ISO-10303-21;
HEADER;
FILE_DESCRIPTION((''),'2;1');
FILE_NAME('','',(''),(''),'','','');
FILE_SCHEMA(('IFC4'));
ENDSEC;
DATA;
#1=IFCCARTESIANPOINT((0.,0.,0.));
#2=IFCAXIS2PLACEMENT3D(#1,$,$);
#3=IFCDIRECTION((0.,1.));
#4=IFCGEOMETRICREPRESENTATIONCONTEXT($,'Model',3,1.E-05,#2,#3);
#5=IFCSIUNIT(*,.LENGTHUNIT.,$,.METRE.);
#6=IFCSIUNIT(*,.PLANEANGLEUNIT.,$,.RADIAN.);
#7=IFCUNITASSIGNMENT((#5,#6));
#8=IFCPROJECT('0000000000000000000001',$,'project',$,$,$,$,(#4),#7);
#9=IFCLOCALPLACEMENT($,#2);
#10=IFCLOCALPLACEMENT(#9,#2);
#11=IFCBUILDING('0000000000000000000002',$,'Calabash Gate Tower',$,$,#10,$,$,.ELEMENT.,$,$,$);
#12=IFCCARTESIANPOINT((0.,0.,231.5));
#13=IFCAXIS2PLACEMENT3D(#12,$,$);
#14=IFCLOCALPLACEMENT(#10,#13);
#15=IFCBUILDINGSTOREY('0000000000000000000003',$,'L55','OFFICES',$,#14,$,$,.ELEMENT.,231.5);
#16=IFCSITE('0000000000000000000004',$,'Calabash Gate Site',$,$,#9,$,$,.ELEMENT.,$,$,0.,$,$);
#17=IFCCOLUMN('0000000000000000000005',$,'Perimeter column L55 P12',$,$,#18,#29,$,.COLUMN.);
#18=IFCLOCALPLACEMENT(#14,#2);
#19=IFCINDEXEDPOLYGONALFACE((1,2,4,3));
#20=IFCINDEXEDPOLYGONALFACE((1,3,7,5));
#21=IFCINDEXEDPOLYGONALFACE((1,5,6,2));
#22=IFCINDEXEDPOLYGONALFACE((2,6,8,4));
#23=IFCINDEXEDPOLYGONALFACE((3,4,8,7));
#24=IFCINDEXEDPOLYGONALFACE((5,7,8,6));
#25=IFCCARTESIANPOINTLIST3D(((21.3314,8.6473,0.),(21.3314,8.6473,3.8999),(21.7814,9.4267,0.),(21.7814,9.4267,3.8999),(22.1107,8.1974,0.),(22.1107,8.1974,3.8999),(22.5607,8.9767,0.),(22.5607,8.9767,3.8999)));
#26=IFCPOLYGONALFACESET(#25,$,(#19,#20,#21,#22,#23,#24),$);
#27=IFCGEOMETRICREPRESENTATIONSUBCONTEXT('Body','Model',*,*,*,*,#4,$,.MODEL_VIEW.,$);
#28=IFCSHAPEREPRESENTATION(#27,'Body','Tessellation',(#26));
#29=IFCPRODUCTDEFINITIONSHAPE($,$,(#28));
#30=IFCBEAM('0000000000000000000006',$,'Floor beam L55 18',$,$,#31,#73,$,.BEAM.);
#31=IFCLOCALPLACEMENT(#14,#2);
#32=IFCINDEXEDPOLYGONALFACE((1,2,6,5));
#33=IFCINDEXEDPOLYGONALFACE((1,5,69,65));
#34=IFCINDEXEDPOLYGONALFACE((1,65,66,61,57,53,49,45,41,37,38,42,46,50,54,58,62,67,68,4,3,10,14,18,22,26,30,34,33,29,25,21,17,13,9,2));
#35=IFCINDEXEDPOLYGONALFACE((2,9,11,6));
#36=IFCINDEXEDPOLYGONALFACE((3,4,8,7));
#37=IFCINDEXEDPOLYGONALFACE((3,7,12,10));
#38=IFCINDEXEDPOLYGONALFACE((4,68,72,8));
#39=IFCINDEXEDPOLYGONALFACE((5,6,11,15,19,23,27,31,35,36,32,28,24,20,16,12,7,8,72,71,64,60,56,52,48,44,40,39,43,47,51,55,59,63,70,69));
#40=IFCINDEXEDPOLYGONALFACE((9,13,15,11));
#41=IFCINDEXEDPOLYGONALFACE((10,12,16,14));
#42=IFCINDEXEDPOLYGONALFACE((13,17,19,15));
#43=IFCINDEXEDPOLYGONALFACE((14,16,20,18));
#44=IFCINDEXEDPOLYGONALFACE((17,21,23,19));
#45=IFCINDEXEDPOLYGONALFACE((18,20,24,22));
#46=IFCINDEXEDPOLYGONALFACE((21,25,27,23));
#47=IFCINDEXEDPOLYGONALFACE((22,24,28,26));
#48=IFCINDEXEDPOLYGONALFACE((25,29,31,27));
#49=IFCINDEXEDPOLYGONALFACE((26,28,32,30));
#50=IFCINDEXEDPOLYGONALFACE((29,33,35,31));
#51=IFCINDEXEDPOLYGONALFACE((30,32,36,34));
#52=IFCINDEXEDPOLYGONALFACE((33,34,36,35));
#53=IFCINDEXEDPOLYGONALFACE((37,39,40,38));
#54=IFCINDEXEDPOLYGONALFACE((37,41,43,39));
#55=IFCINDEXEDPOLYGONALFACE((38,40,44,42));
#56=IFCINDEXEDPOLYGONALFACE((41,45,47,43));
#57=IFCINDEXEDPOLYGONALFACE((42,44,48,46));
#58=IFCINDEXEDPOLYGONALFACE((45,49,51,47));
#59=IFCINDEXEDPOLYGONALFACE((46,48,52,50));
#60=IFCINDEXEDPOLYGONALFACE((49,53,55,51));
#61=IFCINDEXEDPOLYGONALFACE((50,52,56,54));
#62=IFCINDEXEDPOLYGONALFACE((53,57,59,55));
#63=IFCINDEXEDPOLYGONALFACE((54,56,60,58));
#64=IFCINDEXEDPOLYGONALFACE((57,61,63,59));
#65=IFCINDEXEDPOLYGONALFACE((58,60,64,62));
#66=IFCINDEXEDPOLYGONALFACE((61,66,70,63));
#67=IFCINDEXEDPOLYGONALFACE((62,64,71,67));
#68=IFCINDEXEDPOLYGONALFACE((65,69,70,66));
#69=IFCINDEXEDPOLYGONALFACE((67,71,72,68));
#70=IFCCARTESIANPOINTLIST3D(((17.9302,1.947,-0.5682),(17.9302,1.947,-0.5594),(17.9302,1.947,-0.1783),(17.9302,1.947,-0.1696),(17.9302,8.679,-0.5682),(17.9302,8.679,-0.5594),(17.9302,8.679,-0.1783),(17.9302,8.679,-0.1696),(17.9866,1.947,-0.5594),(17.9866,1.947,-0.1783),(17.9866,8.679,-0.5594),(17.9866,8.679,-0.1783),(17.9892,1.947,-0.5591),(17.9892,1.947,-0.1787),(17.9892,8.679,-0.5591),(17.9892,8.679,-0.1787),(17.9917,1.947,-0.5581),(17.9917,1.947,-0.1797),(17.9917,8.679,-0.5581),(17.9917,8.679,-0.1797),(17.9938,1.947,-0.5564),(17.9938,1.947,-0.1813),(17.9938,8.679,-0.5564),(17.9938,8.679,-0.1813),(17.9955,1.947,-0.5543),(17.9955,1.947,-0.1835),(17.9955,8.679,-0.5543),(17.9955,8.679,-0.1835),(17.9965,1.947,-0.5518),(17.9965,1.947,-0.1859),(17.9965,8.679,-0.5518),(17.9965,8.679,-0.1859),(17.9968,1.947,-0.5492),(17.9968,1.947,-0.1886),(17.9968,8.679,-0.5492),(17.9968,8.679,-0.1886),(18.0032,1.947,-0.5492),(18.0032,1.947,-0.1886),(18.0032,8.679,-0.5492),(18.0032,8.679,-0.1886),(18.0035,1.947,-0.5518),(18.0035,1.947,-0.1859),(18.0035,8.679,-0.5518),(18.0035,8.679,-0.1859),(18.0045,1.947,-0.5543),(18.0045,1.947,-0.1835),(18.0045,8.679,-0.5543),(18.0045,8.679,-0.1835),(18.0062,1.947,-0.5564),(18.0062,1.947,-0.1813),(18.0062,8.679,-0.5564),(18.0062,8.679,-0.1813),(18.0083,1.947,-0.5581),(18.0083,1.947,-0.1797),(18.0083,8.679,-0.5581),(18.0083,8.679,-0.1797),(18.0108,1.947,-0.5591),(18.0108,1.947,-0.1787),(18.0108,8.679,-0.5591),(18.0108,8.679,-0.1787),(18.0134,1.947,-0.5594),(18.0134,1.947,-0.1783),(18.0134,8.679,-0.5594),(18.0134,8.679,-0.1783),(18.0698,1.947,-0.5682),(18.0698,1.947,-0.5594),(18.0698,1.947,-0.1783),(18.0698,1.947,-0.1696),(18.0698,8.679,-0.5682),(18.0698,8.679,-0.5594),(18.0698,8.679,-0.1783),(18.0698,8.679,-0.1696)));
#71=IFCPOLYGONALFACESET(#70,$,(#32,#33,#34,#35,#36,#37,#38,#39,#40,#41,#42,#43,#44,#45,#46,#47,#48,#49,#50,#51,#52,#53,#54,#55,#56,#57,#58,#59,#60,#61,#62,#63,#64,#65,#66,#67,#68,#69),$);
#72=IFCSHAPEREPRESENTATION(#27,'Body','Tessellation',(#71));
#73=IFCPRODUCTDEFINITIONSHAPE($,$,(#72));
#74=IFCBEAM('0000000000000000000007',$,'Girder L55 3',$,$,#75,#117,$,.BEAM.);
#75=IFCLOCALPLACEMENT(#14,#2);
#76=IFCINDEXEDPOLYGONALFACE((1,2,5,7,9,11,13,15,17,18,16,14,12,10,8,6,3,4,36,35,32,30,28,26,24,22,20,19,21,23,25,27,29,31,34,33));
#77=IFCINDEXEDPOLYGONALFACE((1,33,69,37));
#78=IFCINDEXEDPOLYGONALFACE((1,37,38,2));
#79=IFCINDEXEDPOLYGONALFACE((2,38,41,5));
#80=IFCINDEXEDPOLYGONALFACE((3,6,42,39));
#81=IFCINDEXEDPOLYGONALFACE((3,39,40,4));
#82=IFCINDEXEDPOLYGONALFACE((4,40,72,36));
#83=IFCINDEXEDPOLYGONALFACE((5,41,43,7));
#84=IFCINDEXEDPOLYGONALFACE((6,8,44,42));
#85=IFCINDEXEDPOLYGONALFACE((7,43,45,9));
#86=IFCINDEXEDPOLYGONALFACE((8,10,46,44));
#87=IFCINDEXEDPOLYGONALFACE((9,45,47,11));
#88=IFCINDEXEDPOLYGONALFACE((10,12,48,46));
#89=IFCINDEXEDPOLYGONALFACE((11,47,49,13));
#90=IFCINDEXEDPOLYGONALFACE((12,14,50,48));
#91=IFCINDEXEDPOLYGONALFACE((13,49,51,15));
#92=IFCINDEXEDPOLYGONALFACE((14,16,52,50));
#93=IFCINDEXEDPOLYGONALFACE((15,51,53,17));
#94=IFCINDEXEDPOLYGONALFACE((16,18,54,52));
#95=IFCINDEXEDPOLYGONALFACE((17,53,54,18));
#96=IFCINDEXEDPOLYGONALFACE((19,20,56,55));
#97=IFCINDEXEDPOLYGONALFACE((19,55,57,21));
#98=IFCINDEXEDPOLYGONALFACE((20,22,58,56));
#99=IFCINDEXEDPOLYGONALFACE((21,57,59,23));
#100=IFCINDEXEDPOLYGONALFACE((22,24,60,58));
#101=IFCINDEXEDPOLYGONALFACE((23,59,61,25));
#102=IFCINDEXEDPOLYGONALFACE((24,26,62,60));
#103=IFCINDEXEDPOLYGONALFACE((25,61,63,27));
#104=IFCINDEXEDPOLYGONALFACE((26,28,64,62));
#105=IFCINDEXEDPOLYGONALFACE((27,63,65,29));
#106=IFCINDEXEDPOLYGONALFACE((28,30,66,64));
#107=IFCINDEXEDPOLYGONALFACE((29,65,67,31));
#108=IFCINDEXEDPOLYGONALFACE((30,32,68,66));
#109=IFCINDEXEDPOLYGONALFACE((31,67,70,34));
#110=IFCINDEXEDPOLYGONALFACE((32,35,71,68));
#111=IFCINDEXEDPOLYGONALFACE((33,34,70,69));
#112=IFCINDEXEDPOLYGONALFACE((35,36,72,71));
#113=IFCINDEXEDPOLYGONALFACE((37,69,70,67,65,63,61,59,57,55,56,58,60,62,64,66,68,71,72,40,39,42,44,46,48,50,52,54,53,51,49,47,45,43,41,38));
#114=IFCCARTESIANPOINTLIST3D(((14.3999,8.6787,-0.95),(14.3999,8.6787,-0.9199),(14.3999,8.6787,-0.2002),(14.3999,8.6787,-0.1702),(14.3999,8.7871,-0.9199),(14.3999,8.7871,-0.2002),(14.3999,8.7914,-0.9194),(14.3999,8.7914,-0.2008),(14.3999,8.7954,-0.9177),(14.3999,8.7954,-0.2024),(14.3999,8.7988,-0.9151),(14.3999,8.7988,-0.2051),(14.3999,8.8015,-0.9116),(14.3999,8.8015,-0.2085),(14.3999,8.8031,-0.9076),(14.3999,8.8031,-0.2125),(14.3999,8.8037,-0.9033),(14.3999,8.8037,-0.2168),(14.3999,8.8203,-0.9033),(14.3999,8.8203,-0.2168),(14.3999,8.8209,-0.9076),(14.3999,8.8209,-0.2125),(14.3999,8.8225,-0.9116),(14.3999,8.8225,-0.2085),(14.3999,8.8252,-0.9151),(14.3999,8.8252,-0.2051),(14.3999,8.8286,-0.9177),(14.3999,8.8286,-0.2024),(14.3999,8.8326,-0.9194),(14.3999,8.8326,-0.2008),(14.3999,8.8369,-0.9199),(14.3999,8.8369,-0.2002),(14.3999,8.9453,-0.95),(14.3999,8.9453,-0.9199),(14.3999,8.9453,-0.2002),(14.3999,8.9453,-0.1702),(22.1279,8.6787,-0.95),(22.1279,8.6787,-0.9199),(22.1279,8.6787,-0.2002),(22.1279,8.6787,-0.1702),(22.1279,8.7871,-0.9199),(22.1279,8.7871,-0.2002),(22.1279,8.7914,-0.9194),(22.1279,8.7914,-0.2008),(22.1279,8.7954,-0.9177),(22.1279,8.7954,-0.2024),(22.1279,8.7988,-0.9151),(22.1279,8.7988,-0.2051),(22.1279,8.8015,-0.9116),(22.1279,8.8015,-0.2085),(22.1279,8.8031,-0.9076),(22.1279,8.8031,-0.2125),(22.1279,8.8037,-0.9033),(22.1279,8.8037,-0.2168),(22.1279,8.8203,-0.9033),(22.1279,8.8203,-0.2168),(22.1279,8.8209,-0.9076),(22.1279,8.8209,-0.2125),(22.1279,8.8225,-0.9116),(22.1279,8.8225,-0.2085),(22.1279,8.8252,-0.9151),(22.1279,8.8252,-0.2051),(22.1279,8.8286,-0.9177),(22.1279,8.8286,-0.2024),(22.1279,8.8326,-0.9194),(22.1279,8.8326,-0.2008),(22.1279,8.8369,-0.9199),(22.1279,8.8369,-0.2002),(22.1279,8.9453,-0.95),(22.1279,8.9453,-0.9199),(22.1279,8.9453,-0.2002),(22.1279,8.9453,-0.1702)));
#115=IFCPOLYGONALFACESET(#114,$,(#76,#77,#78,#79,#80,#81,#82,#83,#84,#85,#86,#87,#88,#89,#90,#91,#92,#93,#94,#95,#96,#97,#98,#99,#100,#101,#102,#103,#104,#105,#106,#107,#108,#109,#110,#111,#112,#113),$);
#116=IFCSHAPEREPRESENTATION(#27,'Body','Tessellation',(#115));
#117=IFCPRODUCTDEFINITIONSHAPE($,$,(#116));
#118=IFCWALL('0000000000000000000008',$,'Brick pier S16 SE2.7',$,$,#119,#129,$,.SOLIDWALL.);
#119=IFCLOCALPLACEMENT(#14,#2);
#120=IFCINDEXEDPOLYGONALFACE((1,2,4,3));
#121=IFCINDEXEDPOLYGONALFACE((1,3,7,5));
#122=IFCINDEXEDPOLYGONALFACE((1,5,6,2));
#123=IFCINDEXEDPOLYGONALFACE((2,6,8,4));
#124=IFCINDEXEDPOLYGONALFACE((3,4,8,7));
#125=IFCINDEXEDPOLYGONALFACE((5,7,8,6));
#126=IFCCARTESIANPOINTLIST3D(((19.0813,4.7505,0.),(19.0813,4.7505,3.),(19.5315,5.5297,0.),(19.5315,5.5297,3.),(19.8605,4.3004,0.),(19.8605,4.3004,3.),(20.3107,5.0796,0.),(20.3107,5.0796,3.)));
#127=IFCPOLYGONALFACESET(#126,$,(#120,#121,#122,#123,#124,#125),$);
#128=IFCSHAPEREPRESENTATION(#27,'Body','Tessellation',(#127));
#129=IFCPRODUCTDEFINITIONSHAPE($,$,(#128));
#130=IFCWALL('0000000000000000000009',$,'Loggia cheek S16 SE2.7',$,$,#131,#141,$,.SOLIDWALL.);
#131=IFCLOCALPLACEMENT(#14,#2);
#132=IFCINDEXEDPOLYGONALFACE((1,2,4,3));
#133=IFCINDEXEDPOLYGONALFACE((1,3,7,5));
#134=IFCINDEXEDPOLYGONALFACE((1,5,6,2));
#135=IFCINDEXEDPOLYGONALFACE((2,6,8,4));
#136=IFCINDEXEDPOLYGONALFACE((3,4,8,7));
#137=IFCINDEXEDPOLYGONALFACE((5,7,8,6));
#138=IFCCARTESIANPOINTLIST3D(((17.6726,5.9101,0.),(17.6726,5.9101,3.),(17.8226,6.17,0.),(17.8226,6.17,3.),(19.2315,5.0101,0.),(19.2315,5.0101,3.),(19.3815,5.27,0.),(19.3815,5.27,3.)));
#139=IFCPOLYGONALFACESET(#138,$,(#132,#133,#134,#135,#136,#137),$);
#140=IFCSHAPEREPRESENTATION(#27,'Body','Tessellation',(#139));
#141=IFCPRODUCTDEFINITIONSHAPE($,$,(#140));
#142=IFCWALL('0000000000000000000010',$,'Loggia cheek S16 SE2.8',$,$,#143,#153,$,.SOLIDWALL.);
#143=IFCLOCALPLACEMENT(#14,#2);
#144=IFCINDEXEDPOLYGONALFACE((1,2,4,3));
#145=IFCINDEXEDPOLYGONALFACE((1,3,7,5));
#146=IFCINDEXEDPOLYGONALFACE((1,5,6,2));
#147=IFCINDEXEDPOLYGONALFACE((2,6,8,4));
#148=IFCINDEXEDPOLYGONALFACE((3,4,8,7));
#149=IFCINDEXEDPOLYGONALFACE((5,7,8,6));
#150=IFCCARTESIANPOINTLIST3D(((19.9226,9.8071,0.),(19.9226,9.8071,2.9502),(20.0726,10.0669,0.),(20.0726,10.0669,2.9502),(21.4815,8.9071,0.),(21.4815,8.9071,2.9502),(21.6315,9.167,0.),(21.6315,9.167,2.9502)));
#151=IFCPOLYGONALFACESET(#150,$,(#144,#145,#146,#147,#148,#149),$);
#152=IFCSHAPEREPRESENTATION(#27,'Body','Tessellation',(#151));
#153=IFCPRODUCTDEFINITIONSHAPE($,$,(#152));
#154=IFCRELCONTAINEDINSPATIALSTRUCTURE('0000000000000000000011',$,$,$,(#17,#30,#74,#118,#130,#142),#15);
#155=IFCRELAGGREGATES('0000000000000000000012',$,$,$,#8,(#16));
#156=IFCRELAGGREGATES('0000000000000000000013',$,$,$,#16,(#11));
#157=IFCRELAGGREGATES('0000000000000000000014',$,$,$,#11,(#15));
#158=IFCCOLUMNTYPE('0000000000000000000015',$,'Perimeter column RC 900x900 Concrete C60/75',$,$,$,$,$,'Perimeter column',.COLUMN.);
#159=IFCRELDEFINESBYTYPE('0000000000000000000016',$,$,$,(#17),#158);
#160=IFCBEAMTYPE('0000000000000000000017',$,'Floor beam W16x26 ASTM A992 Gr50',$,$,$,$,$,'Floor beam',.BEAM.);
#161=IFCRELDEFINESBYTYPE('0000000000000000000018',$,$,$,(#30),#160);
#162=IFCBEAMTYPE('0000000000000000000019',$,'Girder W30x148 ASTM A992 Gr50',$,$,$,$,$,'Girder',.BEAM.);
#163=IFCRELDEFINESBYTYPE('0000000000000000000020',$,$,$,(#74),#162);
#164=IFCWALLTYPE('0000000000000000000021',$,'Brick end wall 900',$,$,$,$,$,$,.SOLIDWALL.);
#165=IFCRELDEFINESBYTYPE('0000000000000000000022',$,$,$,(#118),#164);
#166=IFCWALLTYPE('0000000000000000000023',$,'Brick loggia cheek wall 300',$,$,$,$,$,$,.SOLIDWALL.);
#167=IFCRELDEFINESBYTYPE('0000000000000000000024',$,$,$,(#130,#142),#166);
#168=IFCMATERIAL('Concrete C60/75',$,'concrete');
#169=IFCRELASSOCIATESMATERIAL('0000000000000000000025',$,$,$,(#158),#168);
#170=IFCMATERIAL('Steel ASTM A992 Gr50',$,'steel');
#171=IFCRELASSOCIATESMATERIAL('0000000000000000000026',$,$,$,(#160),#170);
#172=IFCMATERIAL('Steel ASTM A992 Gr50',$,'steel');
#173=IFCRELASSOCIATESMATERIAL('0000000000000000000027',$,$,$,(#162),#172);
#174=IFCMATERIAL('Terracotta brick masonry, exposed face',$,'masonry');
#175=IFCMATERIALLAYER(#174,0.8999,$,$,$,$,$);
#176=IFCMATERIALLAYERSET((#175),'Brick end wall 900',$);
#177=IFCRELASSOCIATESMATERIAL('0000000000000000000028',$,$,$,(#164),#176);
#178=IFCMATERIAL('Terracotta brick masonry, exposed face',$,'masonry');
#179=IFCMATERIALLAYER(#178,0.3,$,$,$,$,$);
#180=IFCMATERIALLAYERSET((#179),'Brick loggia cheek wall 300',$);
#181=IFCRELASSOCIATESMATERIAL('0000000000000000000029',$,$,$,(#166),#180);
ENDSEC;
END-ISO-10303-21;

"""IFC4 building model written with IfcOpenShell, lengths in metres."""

from ifc_helpers import new_model, si_unit, direction, frame, frame_2d, origin, origin_2d, place, context, subcontext, project, spatial, rectangle, i_section, extrude, material, layer, layer_set, material_profile, profile_set, type_object, element, save


model = new_model("IFC4")

# Units and contexts
model_context = context("Model", 3, precision=1e-05, world=origin(), true_north=direction((0.0, 1.0)))
body_context = subcontext(model_context, "Body", "Model", "MODEL_VIEW")
ifc_project = project(units=[si_unit("LENGTHUNIT", "METRE"), si_unit("PLANEANGLEUNIT", "RADIAN")], contexts=[model_context])

# Site, building, storey
site_placement = place(None, origin())
site = spatial("IfcSite", under=ifc_project, at=site_placement, Name="Calabash Gate Site", CompositionType="ELEMENT", RefElevation=0.0)
building_placement = place(site_placement, origin())
building = spatial("IfcBuilding", under=site, at=building_placement, Name="Calabash Gate Tower", CompositionType="ELEMENT")
storey_placement = place(building_placement, frame((0.0, 0.0, 231.5)))
storey = spatial("IfcBuildingStorey", under=building, at=storey_placement, Name="L55", Description="OFFICES", CompositionType="ELEMENT", Elevation=231.5)

# Column
ifc_material_1 = material(Name="Concrete C60/75", Category="concrete")
ifc_material_profile_1 = material_profile(ifc_material_1, rectangle(XDim=0.8999, YDim=0.8999, at=origin_2d()))
ifc_profile_set_1 = profile_set([ifc_material_profile_1], Name="Concrete C60/75")
column_type = type_object("IfcColumnType", Name="Perimeter column RC 900x900 Concrete C60/75", ElementType="Perimeter column", PredefinedType="COLUMN", material=ifc_profile_set_1)
column_placement = place(storey_placement, frame((21.946, 8.812, 0.0), z_axis=(0.0, 0.0, 1.0), x_axis=(0.5, 0.866025, 0.0)))
element("IfcColumn", 1, at=column_placement, inside=storey, type_object=column_type, Name="Perimeter column L55 P12", PredefinedType="COLUMN", context=body_context, shape_type="SweptSolid", body=[
    extrude(rectangle(XDim=0.8999, YDim=0.8999, at=origin_2d()), origin(), (0.0, 0.0, 1.0), 3.8999),
])

# Beams
ifc_material_2 = material(Name="Steel ASTM A992 Gr50", Category="steel")
ifc_material_profile_2 = material_profile(ifc_material_2, i_section(OverallWidth=0.1396, OverallDepth=0.3987, WebThickness=0.0063, FlangeThickness=0.0088, FilletRadius=0.0103, at=origin_2d()))
ifc_profile_set_2 = profile_set([ifc_material_profile_2], Name="Steel ASTM A992 Gr50")
beam_type_1 = type_object("IfcBeamType", Name="Floor beam W16x26 ASTM A992 Gr50", ElementType="Floor beam", PredefinedType="BEAM", material=ifc_profile_set_2)
beam_1_placement = place(storey_placement, frame((18.0, 1.947, -0.3689), z_axis=(0.0, 1.0, 0.0), x_axis=(-1.0, 0.0, 0.0)))
element("IfcBeam", 2, at=beam_1_placement, inside=storey, type_object=beam_type_1, Name="Floor beam L55 18", PredefinedType="BEAM", context=body_context, shape_type="SweptSolid", body=[
    extrude(i_section(OverallWidth=0.1396, OverallDepth=0.3987, WebThickness=0.0063, FlangeThickness=0.0088, FilletRadius=0.0103, at=origin_2d()), origin(), (0.0, 0.0, 1.0), 6.7319),
])
ifc_material_3 = material(Name="Steel ASTM A992 Gr50", Category="steel")
ifc_material_profile_3 = material_profile(ifc_material_3, i_section(OverallWidth=0.2666, OverallDepth=0.7798, WebThickness=0.0166, FlangeThickness=0.03, FilletRadius=0.0166, at=origin_2d()))
ifc_profile_set_3 = profile_set([ifc_material_profile_3], Name="Steel ASTM A992 Gr50")
beam_type_2 = type_object("IfcBeamType", Name="Girder W30x148 ASTM A992 Gr50", ElementType="Girder", PredefinedType="BEAM", material=ifc_profile_set_3)
beam_2_placement = place(storey_placement, frame((22.1279, 8.812, -0.5601), z_axis=(-1.0, 0.0, 0.0), x_axis=(0.0, -1.0, 0.0)))
element("IfcBeam", 3, at=beam_2_placement, inside=storey, type_object=beam_type_2, Name="Girder L55 3", PredefinedType="BEAM", context=body_context, shape_type="SweptSolid", body=[
    extrude(i_section(OverallWidth=0.2666, OverallDepth=0.7798, WebThickness=0.0166, FlangeThickness=0.03, FilletRadius=0.0166, at=origin_2d()), origin(), (0.0, 0.0, 1.0), 7.728),
])

# Walls
ifc_material_4 = material(Name="Terracotta brick masonry, exposed face", Category="masonry")
ifc_layer_1 = layer(ifc_material_4, 0.8999)
ifc_layer_set_1 = layer_set([ifc_layer_1], Name="Brick end wall 900")
wall_type_1 = type_object("IfcWallType", Name="Brick end wall 900", PredefinedType="SOLIDWALL", material=ifc_layer_set_1)
wall_1_placement = place(storey_placement, frame((19.3064, 5.1401, 0.0), z_axis=(0.0, 0.0, 1.0), x_axis=(0.865896, -0.500223, 0.0)))
element("IfcWall", 4, at=wall_1_placement, inside=storey, type_object=wall_type_1, Name="Brick pier S16 SE2.7", PredefinedType="SOLIDWALL", context=body_context, shape_type="SweptSolid", body=[
    extrude(rectangle(XDim=0.8999, YDim=0.8999, at=frame_2d((0.45, 0.0))), origin(), (0.0, 0.0, 1.0), 3.0),
])
ifc_material_5 = material(Name="Terracotta brick masonry, exposed face", Category="masonry")
ifc_layer_2 = layer(ifc_material_5, 0.3)
ifc_layer_set_2 = layer_set([ifc_layer_2], Name="Brick loggia cheek wall 300")
wall_type_2 = type_object("IfcWallType", Name="Brick loggia cheek wall 300", PredefinedType="SOLIDWALL", material=ifc_layer_set_2)
wall_2_placement = place(storey_placement, frame((19.3064, 5.1401, 0.0), z_axis=(0.0, 0.0, 1.0), x_axis=(-0.866048, 0.499961, 0.0)))
element("IfcWall", 5, at=wall_2_placement, inside=storey, type_object=wall_type_2, Name="Loggia cheek S16 SE2.7", PredefinedType="SOLIDWALL", context=body_context, shape_type="SweptSolid", body=[
    extrude(rectangle(XDim=1.8, YDim=0.3, at=frame_2d((0.8999, 0.0))), origin(), (0.0, 0.0, 1.0), 3.0),
])
wall_3_placement = place(storey_placement, frame((21.5564, 9.0371, 0.0), z_axis=(0.0, 0.0, 1.0), x_axis=(-0.866048, 0.499961, 0.0)))
element("IfcWall", 6, at=wall_3_placement, inside=storey, type_object=wall_type_2, Name="Loggia cheek S16 SE2.8", PredefinedType="SOLIDWALL", context=body_context, shape_type="SweptSolid", body=[
    extrude(rectangle(XDim=1.8, YDim=0.3, at=frame_2d((0.8999, 0.0))), origin(), (0.0, 0.0, 1.0), 2.9502),
])

save(model, "model.ifc")
